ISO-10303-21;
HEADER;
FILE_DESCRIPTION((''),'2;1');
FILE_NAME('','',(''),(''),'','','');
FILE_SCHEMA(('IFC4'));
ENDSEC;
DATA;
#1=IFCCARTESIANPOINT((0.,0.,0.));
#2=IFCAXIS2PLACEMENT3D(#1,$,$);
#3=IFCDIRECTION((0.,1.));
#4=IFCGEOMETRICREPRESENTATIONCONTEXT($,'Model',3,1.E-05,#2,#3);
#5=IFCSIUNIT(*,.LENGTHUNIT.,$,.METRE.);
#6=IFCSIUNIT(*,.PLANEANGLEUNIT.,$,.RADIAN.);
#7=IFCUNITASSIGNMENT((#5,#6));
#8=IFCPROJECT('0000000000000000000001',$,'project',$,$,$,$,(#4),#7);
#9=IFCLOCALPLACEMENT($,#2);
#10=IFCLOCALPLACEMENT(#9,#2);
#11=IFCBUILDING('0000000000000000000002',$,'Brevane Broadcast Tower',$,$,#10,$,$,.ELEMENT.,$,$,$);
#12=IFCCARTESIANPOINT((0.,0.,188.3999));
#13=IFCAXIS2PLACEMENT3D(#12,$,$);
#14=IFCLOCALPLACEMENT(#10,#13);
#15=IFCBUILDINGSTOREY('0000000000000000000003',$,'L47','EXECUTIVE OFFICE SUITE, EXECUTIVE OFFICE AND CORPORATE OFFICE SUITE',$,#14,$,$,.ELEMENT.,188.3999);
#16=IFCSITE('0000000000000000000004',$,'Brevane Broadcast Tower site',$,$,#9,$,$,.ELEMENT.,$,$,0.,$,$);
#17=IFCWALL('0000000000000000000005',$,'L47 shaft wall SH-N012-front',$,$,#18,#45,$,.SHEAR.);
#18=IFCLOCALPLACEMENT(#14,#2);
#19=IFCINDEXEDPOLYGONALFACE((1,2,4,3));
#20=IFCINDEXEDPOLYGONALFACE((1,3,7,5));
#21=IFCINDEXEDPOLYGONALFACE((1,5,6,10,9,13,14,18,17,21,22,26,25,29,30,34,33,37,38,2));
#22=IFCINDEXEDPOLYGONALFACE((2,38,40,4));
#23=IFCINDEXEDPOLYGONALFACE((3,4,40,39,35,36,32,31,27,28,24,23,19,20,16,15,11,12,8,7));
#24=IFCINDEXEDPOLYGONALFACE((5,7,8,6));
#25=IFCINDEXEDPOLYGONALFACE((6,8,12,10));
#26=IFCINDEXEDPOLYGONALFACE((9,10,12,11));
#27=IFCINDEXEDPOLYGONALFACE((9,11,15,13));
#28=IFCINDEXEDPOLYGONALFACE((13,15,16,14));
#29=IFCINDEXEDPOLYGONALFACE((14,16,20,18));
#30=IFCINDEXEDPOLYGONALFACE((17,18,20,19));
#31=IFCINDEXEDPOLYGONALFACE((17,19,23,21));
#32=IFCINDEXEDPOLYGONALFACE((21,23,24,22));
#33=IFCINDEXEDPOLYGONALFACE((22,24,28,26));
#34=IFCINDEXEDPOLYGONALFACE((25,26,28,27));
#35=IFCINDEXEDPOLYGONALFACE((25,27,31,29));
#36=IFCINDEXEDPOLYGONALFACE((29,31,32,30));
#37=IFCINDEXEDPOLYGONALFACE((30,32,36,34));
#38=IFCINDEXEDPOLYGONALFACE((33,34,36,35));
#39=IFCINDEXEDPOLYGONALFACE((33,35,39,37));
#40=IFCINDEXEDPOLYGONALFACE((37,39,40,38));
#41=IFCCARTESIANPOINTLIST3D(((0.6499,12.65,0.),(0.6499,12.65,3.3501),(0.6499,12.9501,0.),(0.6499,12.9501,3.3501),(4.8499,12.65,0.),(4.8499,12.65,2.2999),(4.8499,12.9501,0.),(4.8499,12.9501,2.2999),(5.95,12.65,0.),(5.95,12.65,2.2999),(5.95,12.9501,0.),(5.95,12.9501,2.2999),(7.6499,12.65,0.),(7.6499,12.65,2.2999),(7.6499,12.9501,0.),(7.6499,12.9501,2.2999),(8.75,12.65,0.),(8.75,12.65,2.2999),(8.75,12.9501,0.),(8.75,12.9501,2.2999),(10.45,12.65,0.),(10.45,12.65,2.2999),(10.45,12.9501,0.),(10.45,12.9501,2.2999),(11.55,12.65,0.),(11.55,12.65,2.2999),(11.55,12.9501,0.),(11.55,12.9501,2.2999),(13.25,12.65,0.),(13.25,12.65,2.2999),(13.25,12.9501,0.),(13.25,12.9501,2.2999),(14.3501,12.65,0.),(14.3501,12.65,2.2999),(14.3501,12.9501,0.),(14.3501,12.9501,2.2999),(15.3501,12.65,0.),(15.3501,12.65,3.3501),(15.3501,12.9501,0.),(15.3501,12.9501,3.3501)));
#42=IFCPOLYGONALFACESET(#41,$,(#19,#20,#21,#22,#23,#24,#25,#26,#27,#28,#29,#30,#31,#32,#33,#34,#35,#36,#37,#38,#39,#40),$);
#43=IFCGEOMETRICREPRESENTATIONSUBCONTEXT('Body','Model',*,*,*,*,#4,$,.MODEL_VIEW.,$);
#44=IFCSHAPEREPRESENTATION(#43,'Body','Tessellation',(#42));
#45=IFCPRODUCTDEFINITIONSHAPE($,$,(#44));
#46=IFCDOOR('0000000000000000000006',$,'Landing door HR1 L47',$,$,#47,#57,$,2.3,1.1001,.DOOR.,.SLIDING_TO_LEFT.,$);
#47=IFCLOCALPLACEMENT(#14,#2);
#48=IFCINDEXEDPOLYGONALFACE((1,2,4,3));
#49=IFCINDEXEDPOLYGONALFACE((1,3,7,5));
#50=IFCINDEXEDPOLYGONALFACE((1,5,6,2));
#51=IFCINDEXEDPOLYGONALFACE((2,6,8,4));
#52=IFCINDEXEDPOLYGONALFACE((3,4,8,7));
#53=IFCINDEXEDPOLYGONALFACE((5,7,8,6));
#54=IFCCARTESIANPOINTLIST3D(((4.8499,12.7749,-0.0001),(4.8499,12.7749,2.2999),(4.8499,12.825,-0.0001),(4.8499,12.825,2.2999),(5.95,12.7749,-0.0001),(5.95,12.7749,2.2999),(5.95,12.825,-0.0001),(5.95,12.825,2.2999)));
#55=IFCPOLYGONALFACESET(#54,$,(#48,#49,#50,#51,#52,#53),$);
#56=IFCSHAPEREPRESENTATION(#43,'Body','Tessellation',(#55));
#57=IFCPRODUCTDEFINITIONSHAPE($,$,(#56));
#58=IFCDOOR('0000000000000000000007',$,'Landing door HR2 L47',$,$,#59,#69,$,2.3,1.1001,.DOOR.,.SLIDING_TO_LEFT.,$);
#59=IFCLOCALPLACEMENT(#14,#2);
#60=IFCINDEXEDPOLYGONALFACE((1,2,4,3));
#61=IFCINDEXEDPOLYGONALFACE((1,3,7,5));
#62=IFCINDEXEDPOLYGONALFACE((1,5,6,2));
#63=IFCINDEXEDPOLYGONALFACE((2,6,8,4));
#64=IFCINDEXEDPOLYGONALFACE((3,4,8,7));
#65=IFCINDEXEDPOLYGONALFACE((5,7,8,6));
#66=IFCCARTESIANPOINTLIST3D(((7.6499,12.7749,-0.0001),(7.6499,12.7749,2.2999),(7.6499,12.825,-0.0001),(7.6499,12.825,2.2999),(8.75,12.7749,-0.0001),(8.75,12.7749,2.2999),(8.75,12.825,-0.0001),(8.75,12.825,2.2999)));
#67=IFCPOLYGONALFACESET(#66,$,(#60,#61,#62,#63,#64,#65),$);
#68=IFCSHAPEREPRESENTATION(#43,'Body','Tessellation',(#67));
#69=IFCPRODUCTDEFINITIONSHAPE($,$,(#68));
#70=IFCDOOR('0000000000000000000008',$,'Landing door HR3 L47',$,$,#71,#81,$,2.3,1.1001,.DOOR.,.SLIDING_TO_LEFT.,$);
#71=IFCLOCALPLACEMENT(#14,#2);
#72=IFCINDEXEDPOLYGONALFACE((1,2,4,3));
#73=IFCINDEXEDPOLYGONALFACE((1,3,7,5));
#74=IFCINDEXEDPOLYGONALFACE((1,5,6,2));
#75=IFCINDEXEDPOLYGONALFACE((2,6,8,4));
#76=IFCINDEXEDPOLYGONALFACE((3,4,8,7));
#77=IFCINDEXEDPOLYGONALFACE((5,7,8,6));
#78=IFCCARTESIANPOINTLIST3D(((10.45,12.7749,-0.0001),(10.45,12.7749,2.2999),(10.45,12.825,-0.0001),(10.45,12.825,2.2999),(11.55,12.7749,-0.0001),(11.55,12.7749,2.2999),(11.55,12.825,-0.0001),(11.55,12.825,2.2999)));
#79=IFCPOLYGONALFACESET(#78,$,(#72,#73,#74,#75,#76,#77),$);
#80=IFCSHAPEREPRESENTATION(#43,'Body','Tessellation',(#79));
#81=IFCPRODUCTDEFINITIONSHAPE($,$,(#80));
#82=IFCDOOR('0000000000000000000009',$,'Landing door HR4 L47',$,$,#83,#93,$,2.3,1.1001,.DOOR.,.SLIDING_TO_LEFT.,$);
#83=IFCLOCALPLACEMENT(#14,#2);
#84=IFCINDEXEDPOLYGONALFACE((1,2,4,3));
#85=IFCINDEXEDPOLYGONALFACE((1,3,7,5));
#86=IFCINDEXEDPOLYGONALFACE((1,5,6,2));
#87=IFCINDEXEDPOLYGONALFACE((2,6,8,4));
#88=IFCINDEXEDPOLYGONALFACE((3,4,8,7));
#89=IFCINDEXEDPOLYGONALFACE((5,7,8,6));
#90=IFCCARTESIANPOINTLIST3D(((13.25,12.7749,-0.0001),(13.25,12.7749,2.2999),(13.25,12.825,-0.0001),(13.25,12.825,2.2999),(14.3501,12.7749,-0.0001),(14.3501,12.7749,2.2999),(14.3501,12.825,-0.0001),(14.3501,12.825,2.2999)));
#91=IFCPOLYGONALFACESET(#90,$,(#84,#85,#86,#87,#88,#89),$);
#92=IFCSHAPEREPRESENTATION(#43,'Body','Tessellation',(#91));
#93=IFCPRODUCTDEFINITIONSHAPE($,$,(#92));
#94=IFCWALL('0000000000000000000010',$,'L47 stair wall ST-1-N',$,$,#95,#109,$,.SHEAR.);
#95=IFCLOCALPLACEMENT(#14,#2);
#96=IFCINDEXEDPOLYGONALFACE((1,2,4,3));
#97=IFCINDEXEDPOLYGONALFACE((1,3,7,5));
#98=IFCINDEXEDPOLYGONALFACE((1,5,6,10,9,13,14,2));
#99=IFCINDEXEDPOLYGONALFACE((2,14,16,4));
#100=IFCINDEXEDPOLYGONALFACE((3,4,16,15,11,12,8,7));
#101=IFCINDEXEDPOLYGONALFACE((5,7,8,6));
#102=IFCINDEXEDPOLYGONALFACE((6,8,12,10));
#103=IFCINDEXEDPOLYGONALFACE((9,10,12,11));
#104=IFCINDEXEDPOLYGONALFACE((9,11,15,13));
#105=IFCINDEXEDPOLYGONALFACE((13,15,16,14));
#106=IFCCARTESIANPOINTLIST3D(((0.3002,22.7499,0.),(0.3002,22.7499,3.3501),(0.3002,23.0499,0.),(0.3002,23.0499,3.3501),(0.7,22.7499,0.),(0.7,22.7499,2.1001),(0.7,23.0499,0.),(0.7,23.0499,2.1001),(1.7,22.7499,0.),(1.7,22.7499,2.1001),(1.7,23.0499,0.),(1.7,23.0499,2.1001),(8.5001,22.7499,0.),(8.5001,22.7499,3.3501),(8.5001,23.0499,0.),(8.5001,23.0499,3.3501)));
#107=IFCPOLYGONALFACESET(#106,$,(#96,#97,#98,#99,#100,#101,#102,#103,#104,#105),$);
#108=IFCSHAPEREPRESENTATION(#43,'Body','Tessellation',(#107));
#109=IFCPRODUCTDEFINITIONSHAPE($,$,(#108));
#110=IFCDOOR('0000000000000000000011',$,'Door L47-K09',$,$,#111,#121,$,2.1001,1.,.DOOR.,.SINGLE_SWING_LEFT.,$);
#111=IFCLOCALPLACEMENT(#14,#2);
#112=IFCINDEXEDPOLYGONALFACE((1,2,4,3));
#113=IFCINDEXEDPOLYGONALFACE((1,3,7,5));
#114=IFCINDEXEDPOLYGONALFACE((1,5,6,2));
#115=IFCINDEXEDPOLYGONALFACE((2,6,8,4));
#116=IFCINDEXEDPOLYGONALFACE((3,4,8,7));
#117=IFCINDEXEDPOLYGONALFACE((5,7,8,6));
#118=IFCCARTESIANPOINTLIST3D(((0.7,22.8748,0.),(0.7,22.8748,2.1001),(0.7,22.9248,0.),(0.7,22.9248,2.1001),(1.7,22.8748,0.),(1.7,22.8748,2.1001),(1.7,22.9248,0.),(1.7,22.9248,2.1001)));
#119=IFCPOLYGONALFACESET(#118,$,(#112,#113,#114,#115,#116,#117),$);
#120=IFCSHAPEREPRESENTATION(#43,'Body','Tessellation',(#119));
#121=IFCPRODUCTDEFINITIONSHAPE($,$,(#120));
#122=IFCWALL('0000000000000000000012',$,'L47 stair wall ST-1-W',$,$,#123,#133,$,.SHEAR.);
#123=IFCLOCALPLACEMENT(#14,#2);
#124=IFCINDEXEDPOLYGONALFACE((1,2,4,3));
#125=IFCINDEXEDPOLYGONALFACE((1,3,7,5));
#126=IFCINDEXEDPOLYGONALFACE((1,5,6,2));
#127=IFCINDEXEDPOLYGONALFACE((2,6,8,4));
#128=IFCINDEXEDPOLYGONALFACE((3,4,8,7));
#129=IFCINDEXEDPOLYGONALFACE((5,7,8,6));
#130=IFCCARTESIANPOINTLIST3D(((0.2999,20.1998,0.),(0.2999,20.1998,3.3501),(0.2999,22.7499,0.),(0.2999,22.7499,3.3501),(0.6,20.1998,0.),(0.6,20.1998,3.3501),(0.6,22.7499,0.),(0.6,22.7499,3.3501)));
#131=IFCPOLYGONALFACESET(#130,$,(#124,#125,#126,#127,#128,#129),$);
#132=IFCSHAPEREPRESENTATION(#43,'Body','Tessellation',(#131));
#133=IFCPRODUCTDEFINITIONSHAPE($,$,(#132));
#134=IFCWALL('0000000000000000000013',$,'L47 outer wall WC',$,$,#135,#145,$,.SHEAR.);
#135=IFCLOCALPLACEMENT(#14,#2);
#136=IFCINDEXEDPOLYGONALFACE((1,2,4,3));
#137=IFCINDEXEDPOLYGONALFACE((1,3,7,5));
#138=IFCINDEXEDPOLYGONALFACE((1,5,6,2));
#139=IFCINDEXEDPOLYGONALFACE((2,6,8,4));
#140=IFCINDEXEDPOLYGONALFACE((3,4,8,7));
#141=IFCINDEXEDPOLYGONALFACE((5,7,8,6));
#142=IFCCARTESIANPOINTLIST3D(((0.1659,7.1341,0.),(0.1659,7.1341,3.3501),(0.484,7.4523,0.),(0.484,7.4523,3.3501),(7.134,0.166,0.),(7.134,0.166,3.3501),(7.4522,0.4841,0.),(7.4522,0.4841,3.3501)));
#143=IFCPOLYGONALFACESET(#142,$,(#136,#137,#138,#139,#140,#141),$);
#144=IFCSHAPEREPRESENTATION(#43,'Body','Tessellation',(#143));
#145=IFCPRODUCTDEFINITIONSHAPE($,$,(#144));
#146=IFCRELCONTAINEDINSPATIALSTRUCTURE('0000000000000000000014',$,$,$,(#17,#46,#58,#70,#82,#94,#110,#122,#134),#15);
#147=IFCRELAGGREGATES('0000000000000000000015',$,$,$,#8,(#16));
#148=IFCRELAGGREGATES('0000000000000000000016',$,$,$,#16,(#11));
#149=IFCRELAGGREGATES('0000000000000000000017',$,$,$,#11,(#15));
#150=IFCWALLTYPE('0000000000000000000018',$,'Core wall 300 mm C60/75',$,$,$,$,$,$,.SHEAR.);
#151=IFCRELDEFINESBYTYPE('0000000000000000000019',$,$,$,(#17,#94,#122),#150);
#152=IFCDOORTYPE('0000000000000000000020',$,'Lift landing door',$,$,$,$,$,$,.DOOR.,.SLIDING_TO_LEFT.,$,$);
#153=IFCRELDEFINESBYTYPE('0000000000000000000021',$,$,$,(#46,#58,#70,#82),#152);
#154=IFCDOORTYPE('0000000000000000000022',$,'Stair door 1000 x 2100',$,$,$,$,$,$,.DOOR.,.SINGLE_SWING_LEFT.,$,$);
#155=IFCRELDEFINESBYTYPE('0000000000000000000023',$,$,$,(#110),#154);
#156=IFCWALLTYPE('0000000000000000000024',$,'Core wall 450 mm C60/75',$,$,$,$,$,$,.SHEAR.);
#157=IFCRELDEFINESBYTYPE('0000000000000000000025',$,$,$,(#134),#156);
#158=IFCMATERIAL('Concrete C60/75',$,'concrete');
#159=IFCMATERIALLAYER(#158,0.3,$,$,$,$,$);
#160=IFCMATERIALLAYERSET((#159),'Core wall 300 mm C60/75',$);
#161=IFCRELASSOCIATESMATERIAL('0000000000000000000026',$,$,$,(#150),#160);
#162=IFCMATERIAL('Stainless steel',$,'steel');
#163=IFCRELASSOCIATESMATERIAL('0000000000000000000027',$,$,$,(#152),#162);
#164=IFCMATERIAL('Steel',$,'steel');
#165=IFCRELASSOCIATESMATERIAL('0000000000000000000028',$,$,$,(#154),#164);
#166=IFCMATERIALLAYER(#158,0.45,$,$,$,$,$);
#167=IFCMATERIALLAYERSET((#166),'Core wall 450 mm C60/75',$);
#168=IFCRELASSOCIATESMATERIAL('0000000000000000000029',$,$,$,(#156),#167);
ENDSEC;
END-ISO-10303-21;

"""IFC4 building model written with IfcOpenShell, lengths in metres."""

from ifc_helpers import new_model, si_unit, direction, frame, frame_2d, origin, place, context, subcontext, project, spatial, rectangle, extrude, material, layer, layer_set, type_object, element, fill, save


model = new_model("IFC4")

# Units and contexts
model_context = context("Model", 3, precision=1e-05, world=origin(), true_north=direction((0.0, 1.0)))
body_context = subcontext(model_context, "Body", "Model", "MODEL_VIEW")
ifc_project = project(units=[si_unit("LENGTHUNIT", "METRE"), si_unit("PLANEANGLEUNIT", "RADIAN")], contexts=[model_context])

# Site, building, storey
site_placement = place(None, origin())
site = spatial("IfcSite", under=ifc_project, at=site_placement, Name="Brevane Broadcast Tower site", CompositionType="ELEMENT", RefElevation=0.0)
building_placement = place(site_placement, origin())
building = spatial("IfcBuilding", under=site, at=building_placement, Name="Brevane Broadcast Tower", CompositionType="ELEMENT")
storey_placement = place(building_placement, frame((0.0, 0.0, 188.3999)))
storey = spatial("IfcBuildingStorey", under=building, at=storey_placement, Name="L47", Description="EXECUTIVE OFFICE SUITE, EXECUTIVE OFFICE AND CORPORATE OFFICE SUITE", CompositionType="ELEMENT", Elevation=188.3999)

# Wall, openings, doors
ifc_material_1 = material(Name="Concrete C60/75", Category="concrete")
ifc_layer_1 = layer(ifc_material_1, 0.3)
ifc_layer_set_1 = layer_set([ifc_layer_1], Name="Core wall 300 mm C60/75")
wall_type_1 = type_object("IfcWallType", Name="Core wall 300 mm C60/75", PredefinedType="SHEAR", material=ifc_layer_set_1)
wall_1_placement = place(storey_placement, frame((0.6499, 12.8, 0.0), z_axis=(0.0, 0.0, 1.0), x_axis=(1.0, 0.0, 0.0)))
wall_1 = element("IfcWall", 1, at=wall_1_placement, inside=storey, type_object=wall_type_1, Name="L47 shaft wall SH-N012-front", PredefinedType="SHEAR", context=body_context, shape_type="SweptSolid", body=[
    extrude(rectangle(XDim=14.7002, YDim=0.3, at=frame_2d((7.3501, 0.0))), origin(), (0.0, 0.0, 1.0), 3.3501),
])
opening_1_placement = place(wall_1_placement, frame((4.2, 0.0, 0.0)))
opening_1 = element("IfcOpeningElement", 2, at=opening_1_placement, cuts=wall_1, PredefinedType="OPENING", context=body_context, shape_type="SweptSolid", body=[
    extrude(rectangle(XDim=1.1001, YDim=2.3, at=frame_2d((0.55, 1.1499))), frame((0.0, 0.1599, 0.0), z_axis=(0.0, -1.0, 0.0), x_axis=(1.0, 0.0, 0.0)), (0.0, 0.0, 1.0), 0.3201),
])
opening_2_placement = place(wall_1_placement, frame((7.0, 0.0, 0.0)))
opening_2 = element("IfcOpeningElement", 3, at=opening_2_placement, cuts=wall_1, PredefinedType="OPENING", context=body_context, shape_type="SweptSolid", body=[
    extrude(rectangle(XDim=1.1001, YDim=2.3, at=frame_2d((0.55, 1.1499))), frame((0.0, 0.1599, 0.0), z_axis=(0.0, -1.0, 0.0), x_axis=(1.0, 0.0, 0.0)), (0.0, 0.0, 1.0), 0.3201),
])
opening_3_placement = place(wall_1_placement, frame((9.8, 0.0, 0.0)))
opening_3 = element("IfcOpeningElement", 4, at=opening_3_placement, cuts=wall_1, PredefinedType="OPENING", context=body_context, shape_type="SweptSolid", body=[
    extrude(rectangle(XDim=1.1001, YDim=2.3, at=frame_2d((0.55, 1.1499))), frame((0.0, 0.1599, 0.0), z_axis=(0.0, -1.0, 0.0), x_axis=(1.0, 0.0, 0.0)), (0.0, 0.0, 1.0), 0.3201),
])
opening_4_placement = place(wall_1_placement, frame((12.6001, 0.0, 0.0)))
opening_4 = element("IfcOpeningElement", 5, at=opening_4_placement, cuts=wall_1, PredefinedType="OPENING", context=body_context, shape_type="SweptSolid", body=[
    extrude(rectangle(XDim=1.1001, YDim=2.3, at=frame_2d((0.55, 1.1499))), frame((0.0, 0.1599, 0.0), z_axis=(0.0, -1.0, 0.0), x_axis=(1.0, 0.0, 0.0)), (0.0, 0.0, 1.0), 0.3201),
])
ifc_material_2 = material(Name="Stainless steel", Category="steel")
door_type_1 = type_object("IfcDoorType", Name="Lift landing door", OperationType="SLIDING_TO_LEFT", PredefinedType="DOOR", material=ifc_material_2)
door_1_placement = place(opening_1_placement, origin())
door_1 = element("IfcDoor", 6, at=door_1_placement, inside=storey, type_object=door_type_1, Name="Landing door HR1 L47", OperationType="SLIDING_TO_LEFT", OverallHeight=2.3, OverallWidth=1.1001, PredefinedType="DOOR", context=body_context, shape_type="SweptSolid", body=[
    extrude(rectangle(XDim=1.1001, YDim=2.3, at=frame_2d((0.55, 1.1499))), frame((0.0, 0.0249, 0.0), z_axis=(0.0, -1.0, 0.0), x_axis=(1.0, 0.0, 0.0)), (0.0, 0.0, 1.0), 0.05),
])
fill(opening_1, door_1)
door_2_placement = place(opening_2_placement, origin())
door_2 = element("IfcDoor", 7, at=door_2_placement, inside=storey, type_object=door_type_1, Name="Landing door HR2 L47", OperationType="SLIDING_TO_LEFT", OverallHeight=2.3, OverallWidth=1.1001, PredefinedType="DOOR", context=body_context, shape_type="SweptSolid", body=[
    extrude(rectangle(XDim=1.1001, YDim=2.3, at=frame_2d((0.55, 1.1499))), frame((0.0, 0.0249, 0.0), z_axis=(0.0, -1.0, 0.0), x_axis=(1.0, 0.0, 0.0)), (0.0, 0.0, 1.0), 0.05),
])
fill(opening_2, door_2)
door_3_placement = place(opening_3_placement, origin())
door_3 = element("IfcDoor", 8, at=door_3_placement, inside=storey, type_object=door_type_1, Name="Landing door HR3 L47", OperationType="SLIDING_TO_LEFT", OverallHeight=2.3, OverallWidth=1.1001, PredefinedType="DOOR", context=body_context, shape_type="SweptSolid", body=[
    extrude(rectangle(XDim=1.1001, YDim=2.3, at=frame_2d((0.55, 1.1499))), frame((0.0, 0.0249, 0.0), z_axis=(0.0, -1.0, 0.0), x_axis=(1.0, 0.0, 0.0)), (0.0, 0.0, 1.0), 0.05),
])
fill(opening_3, door_3)
door_4_placement = place(opening_4_placement, origin())
door_4 = element("IfcDoor", 9, at=door_4_placement, inside=storey, type_object=door_type_1, Name="Landing door HR4 L47", OperationType="SLIDING_TO_LEFT", OverallHeight=2.3, OverallWidth=1.1001, PredefinedType="DOOR", context=body_context, shape_type="SweptSolid", body=[
    extrude(rectangle(XDim=1.1001, YDim=2.3, at=frame_2d((0.55, 1.1499))), frame((0.0, 0.0249, 0.0), z_axis=(0.0, -1.0, 0.0), x_axis=(1.0, 0.0, 0.0)), (0.0, 0.0, 1.0), 0.05),
])
fill(opening_4, door_4)

# Wall, opening, door
wall_2_placement = place(storey_placement, frame((0.3, 22.8999, 0.0), z_axis=(0.0, 0.0, 1.0), x_axis=(1.0, 0.0, 0.0)))
wall_2 = element("IfcWall", 10, at=wall_2_placement, inside=storey, type_object=wall_type_1, Name="L47 stair wall ST-1-N", PredefinedType="SHEAR", context=body_context, shape_type="SweptSolid", body=[
    extrude(rectangle(XDim=8.2, YDim=0.3, at=frame_2d((4.1001, 0.0))), origin(), (0.0, 0.0, 1.0), 3.3501),
])
opening_5_placement = place(wall_2_placement, frame((0.3999, 0.0, 0.0)))
opening_5 = element("IfcOpeningElement", 11, at=opening_5_placement, cuts=wall_2, PredefinedType="OPENING", context=body_context, shape_type="SweptSolid", body=[
    extrude(rectangle(XDim=1.0, YDim=2.1001, at=frame_2d((0.5, 1.05))), frame((0.0, 0.1599, 0.0), z_axis=(0.0, -1.0, 0.0), x_axis=(1.0, 0.0, 0.0)), (0.0, 0.0, 1.0), 0.3201),
])
ifc_material_3 = material(Name="Steel", Category="steel")
door_type_2 = type_object("IfcDoorType", Name="Stair door 1000 x 2100", OperationType="SINGLE_SWING_LEFT", PredefinedType="DOOR", material=ifc_material_3)
door_5_placement = place(opening_5_placement, origin())
door_5 = element("IfcDoor", 12, at=door_5_placement, inside=storey, type_object=door_type_2, Name="Door L47-K09", OperationType="SINGLE_SWING_LEFT", OverallHeight=2.1001, OverallWidth=1.0, PredefinedType="DOOR", context=body_context, shape_type="SweptSolid", body=[
    extrude(rectangle(XDim=1.0, YDim=2.1001, at=frame_2d((0.5, 1.05))), frame((0.0, 0.0249, 0.0), z_axis=(0.0, -1.0, 0.0), x_axis=(1.0, 0.0, 0.0)), (0.0, 0.0, 1.0), 0.05),
])
fill(opening_5, door_5)

# Walls
wall_3_placement = place(storey_placement, frame((0.45, 20.2, 0.0), z_axis=(0.0, 0.0, 1.0), x_axis=(0.0, 1.0, 0.0)))
element("IfcWall", 13, at=wall_3_placement, inside=storey, type_object=wall_type_1, Name="L47 stair wall ST-1-W", PredefinedType="SHEAR", context=body_context, shape_type="SweptSolid", body=[
    extrude(rectangle(XDim=2.55, YDim=0.3, at=frame_2d((1.2749, 0.0))), origin(), (0.0, 0.0, 1.0), 3.3501),
])
ifc_layer_2 = layer(ifc_material_1, 0.45)
ifc_layer_set_2 = layer_set([ifc_layer_2], Name="Core wall 450 mm C60/75")
wall_type_2 = type_object("IfcWallType", Name="Core wall 450 mm C60/75", PredefinedType="SHEAR", material=ifc_layer_set_2)
wall_4_placement = place(storey_placement, frame((0.325, 7.2932, 0.0), z_axis=(0.0, 0.0, 1.0), x_axis=(0.707107, -0.707107, 0.0)))
element("IfcWall", 14, at=wall_4_placement, inside=storey, type_object=wall_type_2, Name="L47 outer wall WC", PredefinedType="SHEAR", context=body_context, shape_type="SweptSolid", body=[
    extrude(rectangle(XDim=9.8545, YDim=0.45, at=frame_2d((4.9272, 0.0))), origin(), (0.0, 0.0, 1.0), 3.3501),
])

save(model, "model.ifc")
